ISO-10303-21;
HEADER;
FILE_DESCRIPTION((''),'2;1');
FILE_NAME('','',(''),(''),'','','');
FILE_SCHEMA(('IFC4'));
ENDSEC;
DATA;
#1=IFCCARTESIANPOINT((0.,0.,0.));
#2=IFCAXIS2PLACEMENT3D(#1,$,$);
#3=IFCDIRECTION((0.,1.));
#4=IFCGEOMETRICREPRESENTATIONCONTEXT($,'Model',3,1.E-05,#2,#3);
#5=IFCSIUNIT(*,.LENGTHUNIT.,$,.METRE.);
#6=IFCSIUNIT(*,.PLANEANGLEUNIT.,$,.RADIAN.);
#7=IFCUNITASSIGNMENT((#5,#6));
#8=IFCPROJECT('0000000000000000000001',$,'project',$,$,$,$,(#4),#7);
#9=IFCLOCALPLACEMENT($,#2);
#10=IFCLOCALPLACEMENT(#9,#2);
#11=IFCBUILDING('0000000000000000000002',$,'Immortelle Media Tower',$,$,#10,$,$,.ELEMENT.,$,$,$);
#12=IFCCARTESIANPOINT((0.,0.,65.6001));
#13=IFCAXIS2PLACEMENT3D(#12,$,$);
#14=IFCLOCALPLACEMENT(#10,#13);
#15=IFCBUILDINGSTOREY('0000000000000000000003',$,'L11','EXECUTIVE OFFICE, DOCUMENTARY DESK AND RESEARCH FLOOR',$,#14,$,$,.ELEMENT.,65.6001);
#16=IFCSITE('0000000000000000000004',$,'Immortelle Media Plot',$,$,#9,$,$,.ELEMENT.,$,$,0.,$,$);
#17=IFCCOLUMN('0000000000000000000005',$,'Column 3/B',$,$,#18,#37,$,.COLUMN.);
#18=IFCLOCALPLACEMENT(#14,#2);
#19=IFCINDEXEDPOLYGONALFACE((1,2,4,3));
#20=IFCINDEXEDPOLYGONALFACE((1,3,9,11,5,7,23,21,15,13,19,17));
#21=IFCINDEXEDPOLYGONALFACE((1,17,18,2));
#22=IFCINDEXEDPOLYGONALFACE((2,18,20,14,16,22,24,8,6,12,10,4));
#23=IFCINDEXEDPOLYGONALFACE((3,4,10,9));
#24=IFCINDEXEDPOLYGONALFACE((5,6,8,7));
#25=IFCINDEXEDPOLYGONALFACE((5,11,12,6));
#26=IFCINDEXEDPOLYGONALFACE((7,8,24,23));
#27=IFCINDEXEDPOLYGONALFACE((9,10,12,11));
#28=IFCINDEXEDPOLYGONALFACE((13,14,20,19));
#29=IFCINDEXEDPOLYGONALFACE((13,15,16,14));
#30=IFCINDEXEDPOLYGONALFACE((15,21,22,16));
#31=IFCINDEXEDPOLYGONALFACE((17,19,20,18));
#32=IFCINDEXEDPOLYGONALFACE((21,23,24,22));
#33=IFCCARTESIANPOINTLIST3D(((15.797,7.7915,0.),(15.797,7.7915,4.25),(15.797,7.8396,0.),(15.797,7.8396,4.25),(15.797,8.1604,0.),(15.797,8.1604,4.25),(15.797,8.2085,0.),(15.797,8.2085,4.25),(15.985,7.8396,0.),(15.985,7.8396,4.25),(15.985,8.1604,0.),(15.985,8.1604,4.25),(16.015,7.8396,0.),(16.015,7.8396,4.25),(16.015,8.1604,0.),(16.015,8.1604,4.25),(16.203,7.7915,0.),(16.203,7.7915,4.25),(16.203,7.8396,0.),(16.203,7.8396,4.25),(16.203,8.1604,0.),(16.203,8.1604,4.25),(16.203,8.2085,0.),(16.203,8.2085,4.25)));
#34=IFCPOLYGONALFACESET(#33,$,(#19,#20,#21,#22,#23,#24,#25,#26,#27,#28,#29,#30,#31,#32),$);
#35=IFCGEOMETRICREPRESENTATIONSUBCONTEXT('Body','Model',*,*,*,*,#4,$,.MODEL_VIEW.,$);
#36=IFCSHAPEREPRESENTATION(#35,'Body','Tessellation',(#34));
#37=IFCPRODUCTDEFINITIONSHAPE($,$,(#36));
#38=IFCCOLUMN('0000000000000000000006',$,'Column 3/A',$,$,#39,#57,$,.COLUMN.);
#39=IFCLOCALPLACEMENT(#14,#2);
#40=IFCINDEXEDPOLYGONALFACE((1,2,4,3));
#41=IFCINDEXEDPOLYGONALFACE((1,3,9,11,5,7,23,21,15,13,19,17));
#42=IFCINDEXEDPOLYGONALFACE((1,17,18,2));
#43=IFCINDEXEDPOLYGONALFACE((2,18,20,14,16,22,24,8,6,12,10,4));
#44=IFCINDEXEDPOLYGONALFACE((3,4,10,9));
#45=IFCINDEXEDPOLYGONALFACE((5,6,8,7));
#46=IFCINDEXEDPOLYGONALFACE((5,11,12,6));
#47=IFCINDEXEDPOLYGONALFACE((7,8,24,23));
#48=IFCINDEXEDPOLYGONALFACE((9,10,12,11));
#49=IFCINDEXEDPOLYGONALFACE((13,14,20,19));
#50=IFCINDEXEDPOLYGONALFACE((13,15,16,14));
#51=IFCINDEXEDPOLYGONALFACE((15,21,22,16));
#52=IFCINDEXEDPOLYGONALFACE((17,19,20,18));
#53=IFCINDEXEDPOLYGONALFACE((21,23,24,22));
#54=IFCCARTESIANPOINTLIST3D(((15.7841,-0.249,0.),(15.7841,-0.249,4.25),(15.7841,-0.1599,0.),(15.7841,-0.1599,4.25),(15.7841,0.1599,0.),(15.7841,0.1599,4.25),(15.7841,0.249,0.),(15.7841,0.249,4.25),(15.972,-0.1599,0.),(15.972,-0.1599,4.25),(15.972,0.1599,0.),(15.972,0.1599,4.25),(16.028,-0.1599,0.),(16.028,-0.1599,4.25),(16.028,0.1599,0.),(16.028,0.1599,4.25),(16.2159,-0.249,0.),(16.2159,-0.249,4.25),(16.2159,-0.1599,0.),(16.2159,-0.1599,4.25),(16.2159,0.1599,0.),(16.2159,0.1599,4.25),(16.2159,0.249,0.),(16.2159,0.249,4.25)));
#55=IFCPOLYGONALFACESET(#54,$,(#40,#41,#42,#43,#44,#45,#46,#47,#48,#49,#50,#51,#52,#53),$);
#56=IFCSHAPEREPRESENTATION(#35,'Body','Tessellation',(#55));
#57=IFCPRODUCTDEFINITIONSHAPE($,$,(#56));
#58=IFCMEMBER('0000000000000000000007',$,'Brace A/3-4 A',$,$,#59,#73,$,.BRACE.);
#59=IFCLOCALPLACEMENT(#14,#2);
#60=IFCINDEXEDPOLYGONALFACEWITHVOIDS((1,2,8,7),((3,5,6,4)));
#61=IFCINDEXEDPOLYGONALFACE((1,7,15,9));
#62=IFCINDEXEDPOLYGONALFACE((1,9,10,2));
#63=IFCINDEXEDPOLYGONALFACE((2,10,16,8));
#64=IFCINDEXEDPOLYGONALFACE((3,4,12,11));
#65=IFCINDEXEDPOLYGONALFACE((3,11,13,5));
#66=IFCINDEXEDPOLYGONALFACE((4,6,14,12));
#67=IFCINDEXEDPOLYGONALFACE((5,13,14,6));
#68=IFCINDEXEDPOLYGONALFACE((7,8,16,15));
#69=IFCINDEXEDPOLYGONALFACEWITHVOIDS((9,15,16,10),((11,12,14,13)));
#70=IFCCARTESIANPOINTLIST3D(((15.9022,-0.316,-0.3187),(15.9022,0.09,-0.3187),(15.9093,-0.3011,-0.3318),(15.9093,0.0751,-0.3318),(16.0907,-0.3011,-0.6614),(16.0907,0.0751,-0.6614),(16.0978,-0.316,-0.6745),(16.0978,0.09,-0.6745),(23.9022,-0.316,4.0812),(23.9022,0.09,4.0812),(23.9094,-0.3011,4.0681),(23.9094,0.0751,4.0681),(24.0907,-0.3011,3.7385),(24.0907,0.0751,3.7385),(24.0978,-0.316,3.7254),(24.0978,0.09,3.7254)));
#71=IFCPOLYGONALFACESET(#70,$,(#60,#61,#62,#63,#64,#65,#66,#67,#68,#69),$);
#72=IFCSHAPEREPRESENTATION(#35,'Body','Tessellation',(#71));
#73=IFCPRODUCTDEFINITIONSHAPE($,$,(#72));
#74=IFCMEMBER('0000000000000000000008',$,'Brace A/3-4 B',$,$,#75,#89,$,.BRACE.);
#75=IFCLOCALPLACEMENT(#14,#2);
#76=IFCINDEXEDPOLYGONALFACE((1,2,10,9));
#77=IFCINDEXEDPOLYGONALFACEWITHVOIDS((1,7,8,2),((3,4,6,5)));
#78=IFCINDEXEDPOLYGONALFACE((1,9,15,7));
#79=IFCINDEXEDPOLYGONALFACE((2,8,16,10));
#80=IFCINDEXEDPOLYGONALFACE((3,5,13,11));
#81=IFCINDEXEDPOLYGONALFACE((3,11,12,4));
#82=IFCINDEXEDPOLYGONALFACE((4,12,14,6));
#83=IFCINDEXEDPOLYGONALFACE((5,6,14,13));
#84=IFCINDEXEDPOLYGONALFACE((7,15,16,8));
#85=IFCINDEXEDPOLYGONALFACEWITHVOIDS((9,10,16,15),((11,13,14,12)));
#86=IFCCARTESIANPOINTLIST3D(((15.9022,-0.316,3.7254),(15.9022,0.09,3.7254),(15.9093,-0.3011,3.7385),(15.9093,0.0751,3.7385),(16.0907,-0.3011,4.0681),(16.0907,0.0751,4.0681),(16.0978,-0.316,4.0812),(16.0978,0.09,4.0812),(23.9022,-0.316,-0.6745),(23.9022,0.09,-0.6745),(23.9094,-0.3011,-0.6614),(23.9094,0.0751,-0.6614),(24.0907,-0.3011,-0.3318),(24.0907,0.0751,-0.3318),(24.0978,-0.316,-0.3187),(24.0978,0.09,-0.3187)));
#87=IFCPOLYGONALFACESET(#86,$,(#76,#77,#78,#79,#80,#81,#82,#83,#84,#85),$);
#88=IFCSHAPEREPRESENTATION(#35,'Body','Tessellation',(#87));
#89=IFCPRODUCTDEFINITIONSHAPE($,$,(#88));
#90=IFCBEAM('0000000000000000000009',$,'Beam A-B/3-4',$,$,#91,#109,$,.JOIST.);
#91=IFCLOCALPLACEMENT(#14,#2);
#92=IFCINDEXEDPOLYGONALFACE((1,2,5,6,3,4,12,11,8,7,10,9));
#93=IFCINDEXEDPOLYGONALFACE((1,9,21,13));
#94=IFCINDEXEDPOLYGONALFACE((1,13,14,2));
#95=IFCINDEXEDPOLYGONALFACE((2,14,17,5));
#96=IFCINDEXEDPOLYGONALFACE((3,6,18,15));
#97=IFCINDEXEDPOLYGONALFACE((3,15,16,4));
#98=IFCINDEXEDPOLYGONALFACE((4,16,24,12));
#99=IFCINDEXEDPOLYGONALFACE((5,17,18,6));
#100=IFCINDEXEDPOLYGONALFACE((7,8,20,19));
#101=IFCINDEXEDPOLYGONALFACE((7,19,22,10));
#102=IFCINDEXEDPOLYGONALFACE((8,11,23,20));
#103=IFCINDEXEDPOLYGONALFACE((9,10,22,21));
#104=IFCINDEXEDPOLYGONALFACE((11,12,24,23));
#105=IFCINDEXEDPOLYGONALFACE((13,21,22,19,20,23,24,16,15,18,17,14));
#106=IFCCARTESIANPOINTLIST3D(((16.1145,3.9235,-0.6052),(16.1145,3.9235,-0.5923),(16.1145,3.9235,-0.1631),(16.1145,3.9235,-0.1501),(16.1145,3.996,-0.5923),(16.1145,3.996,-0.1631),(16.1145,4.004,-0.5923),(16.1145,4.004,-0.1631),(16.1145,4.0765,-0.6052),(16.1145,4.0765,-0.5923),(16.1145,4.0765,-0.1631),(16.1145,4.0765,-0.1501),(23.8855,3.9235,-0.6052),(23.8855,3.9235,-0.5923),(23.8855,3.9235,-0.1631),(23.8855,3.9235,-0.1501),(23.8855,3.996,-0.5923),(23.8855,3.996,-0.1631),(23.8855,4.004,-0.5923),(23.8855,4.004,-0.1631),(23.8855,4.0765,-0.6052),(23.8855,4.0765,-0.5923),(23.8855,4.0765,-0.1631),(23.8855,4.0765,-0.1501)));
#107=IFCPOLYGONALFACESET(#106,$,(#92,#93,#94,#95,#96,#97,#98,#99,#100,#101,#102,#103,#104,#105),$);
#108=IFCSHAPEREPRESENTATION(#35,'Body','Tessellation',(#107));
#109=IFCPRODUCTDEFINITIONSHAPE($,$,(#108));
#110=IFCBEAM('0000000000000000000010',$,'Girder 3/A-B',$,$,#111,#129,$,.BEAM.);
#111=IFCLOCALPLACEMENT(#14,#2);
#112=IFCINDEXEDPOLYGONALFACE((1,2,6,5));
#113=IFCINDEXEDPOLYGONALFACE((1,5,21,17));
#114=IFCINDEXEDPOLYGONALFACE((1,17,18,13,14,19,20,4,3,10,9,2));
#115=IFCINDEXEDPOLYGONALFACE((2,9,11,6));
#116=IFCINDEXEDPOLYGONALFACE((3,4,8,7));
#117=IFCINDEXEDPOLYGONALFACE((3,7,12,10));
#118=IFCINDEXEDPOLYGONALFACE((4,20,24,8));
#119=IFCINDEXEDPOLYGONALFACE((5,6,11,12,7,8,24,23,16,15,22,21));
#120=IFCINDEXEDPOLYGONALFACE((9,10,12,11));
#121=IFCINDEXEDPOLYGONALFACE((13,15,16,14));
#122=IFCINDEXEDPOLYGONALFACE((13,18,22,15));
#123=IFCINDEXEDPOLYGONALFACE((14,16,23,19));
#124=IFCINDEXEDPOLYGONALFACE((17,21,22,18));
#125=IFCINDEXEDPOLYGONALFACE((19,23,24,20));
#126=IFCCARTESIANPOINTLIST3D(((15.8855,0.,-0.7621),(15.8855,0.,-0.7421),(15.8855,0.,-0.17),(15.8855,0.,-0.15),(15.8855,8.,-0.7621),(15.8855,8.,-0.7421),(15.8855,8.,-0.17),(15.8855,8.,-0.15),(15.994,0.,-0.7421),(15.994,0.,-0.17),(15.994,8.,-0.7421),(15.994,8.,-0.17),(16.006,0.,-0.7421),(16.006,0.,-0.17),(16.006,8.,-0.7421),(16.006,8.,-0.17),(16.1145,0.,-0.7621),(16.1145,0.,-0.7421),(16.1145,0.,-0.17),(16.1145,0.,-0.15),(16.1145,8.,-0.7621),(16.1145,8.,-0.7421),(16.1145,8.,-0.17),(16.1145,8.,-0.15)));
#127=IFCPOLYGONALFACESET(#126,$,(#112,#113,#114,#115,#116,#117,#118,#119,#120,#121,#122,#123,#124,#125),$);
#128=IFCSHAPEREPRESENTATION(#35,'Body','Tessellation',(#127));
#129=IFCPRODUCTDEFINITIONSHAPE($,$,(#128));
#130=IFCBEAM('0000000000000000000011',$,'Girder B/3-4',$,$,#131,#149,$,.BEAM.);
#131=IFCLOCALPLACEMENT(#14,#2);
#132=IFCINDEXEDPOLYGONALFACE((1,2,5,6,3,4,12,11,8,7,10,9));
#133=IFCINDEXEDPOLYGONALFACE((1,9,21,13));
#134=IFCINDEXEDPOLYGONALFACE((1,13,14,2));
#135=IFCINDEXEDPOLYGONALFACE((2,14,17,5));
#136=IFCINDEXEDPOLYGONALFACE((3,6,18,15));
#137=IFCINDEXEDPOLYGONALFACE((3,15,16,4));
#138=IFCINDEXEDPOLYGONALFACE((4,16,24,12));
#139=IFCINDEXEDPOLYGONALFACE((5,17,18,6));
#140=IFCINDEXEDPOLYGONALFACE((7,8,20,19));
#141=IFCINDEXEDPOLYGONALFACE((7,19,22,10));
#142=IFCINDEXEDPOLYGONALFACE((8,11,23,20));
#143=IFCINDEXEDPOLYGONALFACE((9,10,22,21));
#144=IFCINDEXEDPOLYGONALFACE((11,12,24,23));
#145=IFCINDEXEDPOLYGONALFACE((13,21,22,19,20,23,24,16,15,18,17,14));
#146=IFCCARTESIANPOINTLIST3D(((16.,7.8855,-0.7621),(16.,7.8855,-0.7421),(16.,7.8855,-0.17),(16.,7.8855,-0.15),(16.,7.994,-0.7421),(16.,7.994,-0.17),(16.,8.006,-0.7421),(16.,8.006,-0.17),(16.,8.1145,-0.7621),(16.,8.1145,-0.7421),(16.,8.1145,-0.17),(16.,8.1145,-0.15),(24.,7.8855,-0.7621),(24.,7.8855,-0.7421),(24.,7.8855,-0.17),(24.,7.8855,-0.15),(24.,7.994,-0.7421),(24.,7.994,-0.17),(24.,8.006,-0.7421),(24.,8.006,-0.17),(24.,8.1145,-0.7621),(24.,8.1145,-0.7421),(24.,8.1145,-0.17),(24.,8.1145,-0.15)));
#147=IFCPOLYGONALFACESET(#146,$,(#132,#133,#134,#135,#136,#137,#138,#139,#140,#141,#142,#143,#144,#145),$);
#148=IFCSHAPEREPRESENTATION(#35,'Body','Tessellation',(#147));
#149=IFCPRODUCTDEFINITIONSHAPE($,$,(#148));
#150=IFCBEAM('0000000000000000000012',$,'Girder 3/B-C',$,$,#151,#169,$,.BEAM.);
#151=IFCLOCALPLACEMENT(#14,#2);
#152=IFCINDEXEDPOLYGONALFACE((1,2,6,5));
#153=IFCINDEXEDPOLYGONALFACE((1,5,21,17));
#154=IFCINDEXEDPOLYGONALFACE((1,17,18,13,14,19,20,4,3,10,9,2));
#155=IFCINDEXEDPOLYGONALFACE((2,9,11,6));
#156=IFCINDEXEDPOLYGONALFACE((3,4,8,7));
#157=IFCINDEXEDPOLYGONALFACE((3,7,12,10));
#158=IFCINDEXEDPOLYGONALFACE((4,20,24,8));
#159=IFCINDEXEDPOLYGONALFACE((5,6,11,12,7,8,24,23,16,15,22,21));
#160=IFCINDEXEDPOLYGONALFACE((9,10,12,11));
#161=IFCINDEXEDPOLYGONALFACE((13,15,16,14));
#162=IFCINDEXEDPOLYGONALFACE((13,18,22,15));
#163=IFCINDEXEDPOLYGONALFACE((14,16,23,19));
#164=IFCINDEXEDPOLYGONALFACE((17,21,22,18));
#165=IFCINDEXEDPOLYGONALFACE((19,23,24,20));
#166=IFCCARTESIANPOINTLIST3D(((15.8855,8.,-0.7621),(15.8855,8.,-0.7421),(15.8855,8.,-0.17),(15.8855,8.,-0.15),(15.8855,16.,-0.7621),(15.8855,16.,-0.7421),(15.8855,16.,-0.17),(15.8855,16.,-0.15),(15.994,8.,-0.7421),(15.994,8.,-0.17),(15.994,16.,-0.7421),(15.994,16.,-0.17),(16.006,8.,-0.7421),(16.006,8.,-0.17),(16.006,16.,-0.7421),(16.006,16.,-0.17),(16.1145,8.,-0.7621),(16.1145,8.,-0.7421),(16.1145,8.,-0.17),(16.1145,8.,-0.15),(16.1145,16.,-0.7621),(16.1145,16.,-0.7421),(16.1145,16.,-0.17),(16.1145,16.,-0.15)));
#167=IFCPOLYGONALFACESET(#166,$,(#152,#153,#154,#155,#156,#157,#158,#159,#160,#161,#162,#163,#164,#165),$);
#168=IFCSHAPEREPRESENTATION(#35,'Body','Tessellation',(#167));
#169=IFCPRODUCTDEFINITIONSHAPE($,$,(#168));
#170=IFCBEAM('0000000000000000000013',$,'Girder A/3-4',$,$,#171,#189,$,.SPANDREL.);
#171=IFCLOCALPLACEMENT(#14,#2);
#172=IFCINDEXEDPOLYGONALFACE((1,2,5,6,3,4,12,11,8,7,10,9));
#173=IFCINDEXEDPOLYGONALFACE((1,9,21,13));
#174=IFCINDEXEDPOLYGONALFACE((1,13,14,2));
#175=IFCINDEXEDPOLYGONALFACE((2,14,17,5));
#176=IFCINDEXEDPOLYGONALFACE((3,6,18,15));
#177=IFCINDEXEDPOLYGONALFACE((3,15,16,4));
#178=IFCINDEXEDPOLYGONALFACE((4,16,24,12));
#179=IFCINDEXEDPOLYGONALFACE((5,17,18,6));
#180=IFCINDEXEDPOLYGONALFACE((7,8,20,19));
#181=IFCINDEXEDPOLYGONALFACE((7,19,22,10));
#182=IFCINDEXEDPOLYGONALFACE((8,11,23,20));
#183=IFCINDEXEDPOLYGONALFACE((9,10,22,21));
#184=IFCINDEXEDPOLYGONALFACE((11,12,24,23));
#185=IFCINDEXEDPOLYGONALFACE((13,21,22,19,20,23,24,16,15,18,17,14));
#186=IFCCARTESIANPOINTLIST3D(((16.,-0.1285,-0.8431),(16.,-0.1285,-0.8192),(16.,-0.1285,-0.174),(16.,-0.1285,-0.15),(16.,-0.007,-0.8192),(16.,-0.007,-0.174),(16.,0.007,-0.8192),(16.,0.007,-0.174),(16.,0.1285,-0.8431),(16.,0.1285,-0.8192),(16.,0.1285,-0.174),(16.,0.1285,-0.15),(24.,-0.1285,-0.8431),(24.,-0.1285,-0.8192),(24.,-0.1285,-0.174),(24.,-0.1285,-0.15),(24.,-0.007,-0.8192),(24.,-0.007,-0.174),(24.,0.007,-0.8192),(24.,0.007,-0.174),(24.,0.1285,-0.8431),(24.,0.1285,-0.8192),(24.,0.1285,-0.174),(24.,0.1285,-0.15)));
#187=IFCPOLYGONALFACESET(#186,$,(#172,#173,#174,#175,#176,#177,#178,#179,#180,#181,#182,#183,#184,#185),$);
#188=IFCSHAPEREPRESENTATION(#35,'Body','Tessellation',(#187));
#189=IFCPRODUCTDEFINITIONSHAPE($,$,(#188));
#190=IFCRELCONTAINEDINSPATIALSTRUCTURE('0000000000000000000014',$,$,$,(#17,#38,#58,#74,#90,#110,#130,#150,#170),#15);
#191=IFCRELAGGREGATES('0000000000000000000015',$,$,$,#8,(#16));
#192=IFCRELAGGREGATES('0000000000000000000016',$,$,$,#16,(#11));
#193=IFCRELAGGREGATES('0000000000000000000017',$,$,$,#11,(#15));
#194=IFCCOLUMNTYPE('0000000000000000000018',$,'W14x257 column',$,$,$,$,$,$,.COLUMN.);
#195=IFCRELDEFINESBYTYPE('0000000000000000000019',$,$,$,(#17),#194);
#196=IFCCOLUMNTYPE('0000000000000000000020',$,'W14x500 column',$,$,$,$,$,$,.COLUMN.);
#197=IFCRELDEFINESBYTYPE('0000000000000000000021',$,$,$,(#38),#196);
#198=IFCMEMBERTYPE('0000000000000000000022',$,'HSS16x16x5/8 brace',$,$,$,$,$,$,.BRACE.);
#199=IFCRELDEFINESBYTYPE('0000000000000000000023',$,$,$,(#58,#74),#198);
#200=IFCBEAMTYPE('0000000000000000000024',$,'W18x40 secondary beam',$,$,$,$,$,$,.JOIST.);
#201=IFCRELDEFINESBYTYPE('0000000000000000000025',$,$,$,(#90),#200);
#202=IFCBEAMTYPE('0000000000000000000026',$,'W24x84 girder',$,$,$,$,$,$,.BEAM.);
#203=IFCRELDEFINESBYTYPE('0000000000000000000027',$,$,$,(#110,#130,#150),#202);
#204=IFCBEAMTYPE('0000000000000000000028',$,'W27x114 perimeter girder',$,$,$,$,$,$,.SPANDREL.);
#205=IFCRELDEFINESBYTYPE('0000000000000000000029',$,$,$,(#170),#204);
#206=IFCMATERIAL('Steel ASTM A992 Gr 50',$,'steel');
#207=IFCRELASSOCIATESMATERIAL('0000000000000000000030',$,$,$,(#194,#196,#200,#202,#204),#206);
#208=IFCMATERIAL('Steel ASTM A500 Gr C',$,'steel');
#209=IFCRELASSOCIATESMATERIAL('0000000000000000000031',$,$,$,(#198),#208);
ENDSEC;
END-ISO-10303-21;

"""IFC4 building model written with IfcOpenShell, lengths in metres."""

from ifc_helpers import new_model, si_unit, direction, frame, origin, origin_2d, place, context, subcontext, project, spatial, hollow_rectangle, i_section, extrude, material, material_profile, profile_set, type_object, element, save


model = new_model("IFC4")

# Units and contexts
model_context = context("Model", 3, precision=1e-05, world=origin(), true_north=direction((0.0, 1.0)))
body_context = subcontext(model_context, "Body", "Model", "MODEL_VIEW")
ifc_project = project(units=[si_unit("LENGTHUNIT", "METRE"), si_unit("PLANEANGLEUNIT", "RADIAN")], contexts=[model_context])

# Site, building, storey
site_placement = place(None, origin())
site = spatial("IfcSite", under=ifc_project, at=site_placement, Name="Immortelle Media Plot", CompositionType="ELEMENT", RefElevation=0.0)
building_placement = place(site_placement, origin())
building = spatial("IfcBuilding", under=site, at=building_placement, Name="Immortelle Media Tower", CompositionType="ELEMENT")
storey_placement = place(building_placement, frame((0.0, 0.0, 65.6001)))
storey = spatial("IfcBuildingStorey", under=building, at=storey_placement, Name="L11", Description="EXECUTIVE OFFICE, DOCUMENTARY DESK AND RESEARCH FLOOR", CompositionType="ELEMENT", Elevation=65.6001)

# Columns
ifc_material_1 = material(Name="Steel ASTM A992 Gr 50", Category="steel")
ifc_material_profile_1 = material_profile(ifc_material_1, i_section(OverallWidth=0.406, OverallDepth=0.417, WebThickness=0.03, FlangeThickness=0.0481, at=origin_2d()), Name="W14x257")
ifc_profile_set_1 = profile_set([ifc_material_profile_1], Name="Steel ASTM A992 Gr 50")
column_type_1 = type_object("IfcColumnType", Name="W14x257 column", PredefinedType="COLUMN", material=ifc_profile_set_1)
column_1_placement = place(storey_placement, frame((16.0, 8.0, 0.0), z_axis=(0.0, 0.0, 1.0), x_axis=(1.0, 0.0, 0.0)))
element("IfcColumn", 1, at=column_1_placement, inside=storey, type_object=column_type_1, Name="Column 3/B", PredefinedType="COLUMN", context=body_context, shape_type="SweptSolid", body=[
    extrude(i_section(OverallWidth=0.406, OverallDepth=0.417, WebThickness=0.03, FlangeThickness=0.0481, at=origin_2d()), origin(), (0.0, 0.0, 1.0), 4.25),
])
ifc_material_profile_2 = material_profile(ifc_material_1, i_section(OverallWidth=0.4319, OverallDepth=0.498, WebThickness=0.0559, FlangeThickness=0.0891, at=origin_2d()), Name="W14x500")
ifc_profile_set_2 = profile_set([ifc_material_profile_2], Name="Steel ASTM A992 Gr 50")
column_type_2 = type_object("IfcColumnType", Name="W14x500 column", PredefinedType="COLUMN", material=ifc_profile_set_2)
column_2_placement = place(storey_placement, frame((16.0, 0.0, 0.0), z_axis=(0.0, 0.0, 1.0), x_axis=(1.0, 0.0, 0.0)))
element("IfcColumn", 2, at=column_2_placement, inside=storey, type_object=column_type_2, Name="Column 3/A", PredefinedType="COLUMN", context=body_context, shape_type="SweptSolid", body=[
    extrude(i_section(OverallWidth=0.4319, OverallDepth=0.498, WebThickness=0.0559, FlangeThickness=0.0891, at=origin_2d()), origin(), (0.0, 0.0, 1.0), 4.25),
])

# Members
ifc_material_2 = material(Name="Steel ASTM A500 Gr C", Category="steel")
ifc_material_profile_3 = material_profile(ifc_material_2, hollow_rectangle(XDim=0.406, YDim=0.406, WallThickness=0.0149, at=origin_2d()), Name="HSS16x16x5/8 brace")
ifc_profile_set_3 = profile_set([ifc_material_profile_3], Name="Steel ASTM A500 Gr C")
member_type = type_object("IfcMemberType", Name="HSS16x16x5/8 brace", PredefinedType="BRACE", material=ifc_profile_set_3)
for number, where, z_axis, x_axis, name in (
    (3, (16.0, -0.113, -0.4966), (0.87622, 0.0, 0.481911), (0.0, 1.0, 0.0), "Brace A/3-4 A"),
    (4, (16.0, -0.113, 3.9033), (0.87622, 0.0, -0.481911), (0.0, 1.0, 0.0), "Brace A/3-4 B"),
):
    element("IfcMember", number, at=place(storey_placement, frame(where, z_axis=z_axis, x_axis=x_axis)), inside=storey, type_object=member_type, Name=name, PredefinedType="BRACE", context=body_context, shape_type="SweptSolid", body=[
        extrude(hollow_rectangle(XDim=0.406, YDim=0.406, WallThickness=0.0149, at=origin_2d()), origin(), (0.0, 0.0, 1.0), 9.1301),
    ])

# Beams
ifc_material_profile_4 = material_profile(ifc_material_1, i_section(OverallWidth=0.1531, OverallDepth=0.4551, WebThickness=0.0081, FlangeThickness=0.0129, at=origin_2d()), Name="W18x40")
ifc_profile_set_4 = profile_set([ifc_material_profile_4], Name="Steel ASTM A992 Gr 50")
beam_type_1 = type_object("IfcBeamType", Name="W18x40 secondary beam", PredefinedType="JOIST", material=ifc_profile_set_4)
beam_1_placement = place(storey_placement, frame((16.1145, 4.0, -0.3777), z_axis=(1.0, 0.0, 0.0), x_axis=(0.0, 1.0, 0.0)))
element("IfcBeam", 5, at=beam_1_placement, inside=storey, type_object=beam_type_1, Name="Beam A-B/3-4", PredefinedType="JOIST", context=body_context, shape_type="SweptSolid", body=[
    extrude(i_section(OverallWidth=0.1531, OverallDepth=0.4551, WebThickness=0.0081, FlangeThickness=0.0129, at=origin_2d()), origin(), (0.0, 0.0, 1.0), 7.771),
])
ifc_material_profile_5 = material_profile(ifc_material_1, i_section(OverallWidth=0.229, OverallDepth=0.6121, WebThickness=0.012, FlangeThickness=0.02, at=origin_2d()), Name="W24x84")
ifc_profile_set_5 = profile_set([ifc_material_profile_5], Name="Steel ASTM A992 Gr 50")
beam_type_2 = type_object("IfcBeamType", Name="W24x84 girder", PredefinedType="BEAM", material=ifc_profile_set_5)
for number, where, z_axis, x_axis, name in (
    (6, (16.0, 0.0, -0.4561), (0.0, 1.0, 0.0), (-1.0, 0.0, 0.0), "Girder 3/A-B"),
    (7, (16.0, 8.0, -0.4561), (1.0, 0.0, 0.0), (0.0, 1.0, 0.0), "Girder B/3-4"),
    (8, (16.0, 8.0, -0.4561), (0.0, 1.0, 0.0), (-1.0, 0.0, 0.0), "Girder 3/B-C"),
):
    element("IfcBeam", number, at=place(storey_placement, frame(where, z_axis=z_axis, x_axis=x_axis)), inside=storey, type_object=beam_type_2, Name=name, PredefinedType="BEAM", context=body_context, shape_type="SweptSolid", body=[
        extrude(i_section(OverallWidth=0.229, OverallDepth=0.6121, WebThickness=0.012, FlangeThickness=0.02, at=origin_2d()), origin(), (0.0, 0.0, 1.0), 8.0),
    ])
ifc_material_profile_6 = material_profile(ifc_material_1, i_section(OverallWidth=0.2571, OverallDepth=0.6931, WebThickness=0.0139, FlangeThickness=0.0239, at=origin_2d()), Name="W27x114")
ifc_profile_set_6 = profile_set([ifc_material_profile_6], Name="Steel ASTM A992 Gr 50")
beam_type_3 = type_object("IfcBeamType", Name="W27x114 perimeter girder", PredefinedType="SPANDREL", material=ifc_profile_set_6)
beam_2_placement = place(storey_placement, frame((16.0, 0.0, -0.4966), z_axis=(1.0, 0.0, 0.0), x_axis=(0.0, 1.0, 0.0)))
element("IfcBeam", 9, at=beam_2_placement, inside=storey, type_object=beam_type_3, Name="Girder A/3-4", PredefinedType="SPANDREL", context=body_context, shape_type="SweptSolid", body=[
    extrude(i_section(OverallWidth=0.2571, OverallDepth=0.6931, WebThickness=0.0139, FlangeThickness=0.0239, at=origin_2d()), origin(), (0.0, 0.0, 1.0), 8.0),
])

save(model, "model.ifc")
